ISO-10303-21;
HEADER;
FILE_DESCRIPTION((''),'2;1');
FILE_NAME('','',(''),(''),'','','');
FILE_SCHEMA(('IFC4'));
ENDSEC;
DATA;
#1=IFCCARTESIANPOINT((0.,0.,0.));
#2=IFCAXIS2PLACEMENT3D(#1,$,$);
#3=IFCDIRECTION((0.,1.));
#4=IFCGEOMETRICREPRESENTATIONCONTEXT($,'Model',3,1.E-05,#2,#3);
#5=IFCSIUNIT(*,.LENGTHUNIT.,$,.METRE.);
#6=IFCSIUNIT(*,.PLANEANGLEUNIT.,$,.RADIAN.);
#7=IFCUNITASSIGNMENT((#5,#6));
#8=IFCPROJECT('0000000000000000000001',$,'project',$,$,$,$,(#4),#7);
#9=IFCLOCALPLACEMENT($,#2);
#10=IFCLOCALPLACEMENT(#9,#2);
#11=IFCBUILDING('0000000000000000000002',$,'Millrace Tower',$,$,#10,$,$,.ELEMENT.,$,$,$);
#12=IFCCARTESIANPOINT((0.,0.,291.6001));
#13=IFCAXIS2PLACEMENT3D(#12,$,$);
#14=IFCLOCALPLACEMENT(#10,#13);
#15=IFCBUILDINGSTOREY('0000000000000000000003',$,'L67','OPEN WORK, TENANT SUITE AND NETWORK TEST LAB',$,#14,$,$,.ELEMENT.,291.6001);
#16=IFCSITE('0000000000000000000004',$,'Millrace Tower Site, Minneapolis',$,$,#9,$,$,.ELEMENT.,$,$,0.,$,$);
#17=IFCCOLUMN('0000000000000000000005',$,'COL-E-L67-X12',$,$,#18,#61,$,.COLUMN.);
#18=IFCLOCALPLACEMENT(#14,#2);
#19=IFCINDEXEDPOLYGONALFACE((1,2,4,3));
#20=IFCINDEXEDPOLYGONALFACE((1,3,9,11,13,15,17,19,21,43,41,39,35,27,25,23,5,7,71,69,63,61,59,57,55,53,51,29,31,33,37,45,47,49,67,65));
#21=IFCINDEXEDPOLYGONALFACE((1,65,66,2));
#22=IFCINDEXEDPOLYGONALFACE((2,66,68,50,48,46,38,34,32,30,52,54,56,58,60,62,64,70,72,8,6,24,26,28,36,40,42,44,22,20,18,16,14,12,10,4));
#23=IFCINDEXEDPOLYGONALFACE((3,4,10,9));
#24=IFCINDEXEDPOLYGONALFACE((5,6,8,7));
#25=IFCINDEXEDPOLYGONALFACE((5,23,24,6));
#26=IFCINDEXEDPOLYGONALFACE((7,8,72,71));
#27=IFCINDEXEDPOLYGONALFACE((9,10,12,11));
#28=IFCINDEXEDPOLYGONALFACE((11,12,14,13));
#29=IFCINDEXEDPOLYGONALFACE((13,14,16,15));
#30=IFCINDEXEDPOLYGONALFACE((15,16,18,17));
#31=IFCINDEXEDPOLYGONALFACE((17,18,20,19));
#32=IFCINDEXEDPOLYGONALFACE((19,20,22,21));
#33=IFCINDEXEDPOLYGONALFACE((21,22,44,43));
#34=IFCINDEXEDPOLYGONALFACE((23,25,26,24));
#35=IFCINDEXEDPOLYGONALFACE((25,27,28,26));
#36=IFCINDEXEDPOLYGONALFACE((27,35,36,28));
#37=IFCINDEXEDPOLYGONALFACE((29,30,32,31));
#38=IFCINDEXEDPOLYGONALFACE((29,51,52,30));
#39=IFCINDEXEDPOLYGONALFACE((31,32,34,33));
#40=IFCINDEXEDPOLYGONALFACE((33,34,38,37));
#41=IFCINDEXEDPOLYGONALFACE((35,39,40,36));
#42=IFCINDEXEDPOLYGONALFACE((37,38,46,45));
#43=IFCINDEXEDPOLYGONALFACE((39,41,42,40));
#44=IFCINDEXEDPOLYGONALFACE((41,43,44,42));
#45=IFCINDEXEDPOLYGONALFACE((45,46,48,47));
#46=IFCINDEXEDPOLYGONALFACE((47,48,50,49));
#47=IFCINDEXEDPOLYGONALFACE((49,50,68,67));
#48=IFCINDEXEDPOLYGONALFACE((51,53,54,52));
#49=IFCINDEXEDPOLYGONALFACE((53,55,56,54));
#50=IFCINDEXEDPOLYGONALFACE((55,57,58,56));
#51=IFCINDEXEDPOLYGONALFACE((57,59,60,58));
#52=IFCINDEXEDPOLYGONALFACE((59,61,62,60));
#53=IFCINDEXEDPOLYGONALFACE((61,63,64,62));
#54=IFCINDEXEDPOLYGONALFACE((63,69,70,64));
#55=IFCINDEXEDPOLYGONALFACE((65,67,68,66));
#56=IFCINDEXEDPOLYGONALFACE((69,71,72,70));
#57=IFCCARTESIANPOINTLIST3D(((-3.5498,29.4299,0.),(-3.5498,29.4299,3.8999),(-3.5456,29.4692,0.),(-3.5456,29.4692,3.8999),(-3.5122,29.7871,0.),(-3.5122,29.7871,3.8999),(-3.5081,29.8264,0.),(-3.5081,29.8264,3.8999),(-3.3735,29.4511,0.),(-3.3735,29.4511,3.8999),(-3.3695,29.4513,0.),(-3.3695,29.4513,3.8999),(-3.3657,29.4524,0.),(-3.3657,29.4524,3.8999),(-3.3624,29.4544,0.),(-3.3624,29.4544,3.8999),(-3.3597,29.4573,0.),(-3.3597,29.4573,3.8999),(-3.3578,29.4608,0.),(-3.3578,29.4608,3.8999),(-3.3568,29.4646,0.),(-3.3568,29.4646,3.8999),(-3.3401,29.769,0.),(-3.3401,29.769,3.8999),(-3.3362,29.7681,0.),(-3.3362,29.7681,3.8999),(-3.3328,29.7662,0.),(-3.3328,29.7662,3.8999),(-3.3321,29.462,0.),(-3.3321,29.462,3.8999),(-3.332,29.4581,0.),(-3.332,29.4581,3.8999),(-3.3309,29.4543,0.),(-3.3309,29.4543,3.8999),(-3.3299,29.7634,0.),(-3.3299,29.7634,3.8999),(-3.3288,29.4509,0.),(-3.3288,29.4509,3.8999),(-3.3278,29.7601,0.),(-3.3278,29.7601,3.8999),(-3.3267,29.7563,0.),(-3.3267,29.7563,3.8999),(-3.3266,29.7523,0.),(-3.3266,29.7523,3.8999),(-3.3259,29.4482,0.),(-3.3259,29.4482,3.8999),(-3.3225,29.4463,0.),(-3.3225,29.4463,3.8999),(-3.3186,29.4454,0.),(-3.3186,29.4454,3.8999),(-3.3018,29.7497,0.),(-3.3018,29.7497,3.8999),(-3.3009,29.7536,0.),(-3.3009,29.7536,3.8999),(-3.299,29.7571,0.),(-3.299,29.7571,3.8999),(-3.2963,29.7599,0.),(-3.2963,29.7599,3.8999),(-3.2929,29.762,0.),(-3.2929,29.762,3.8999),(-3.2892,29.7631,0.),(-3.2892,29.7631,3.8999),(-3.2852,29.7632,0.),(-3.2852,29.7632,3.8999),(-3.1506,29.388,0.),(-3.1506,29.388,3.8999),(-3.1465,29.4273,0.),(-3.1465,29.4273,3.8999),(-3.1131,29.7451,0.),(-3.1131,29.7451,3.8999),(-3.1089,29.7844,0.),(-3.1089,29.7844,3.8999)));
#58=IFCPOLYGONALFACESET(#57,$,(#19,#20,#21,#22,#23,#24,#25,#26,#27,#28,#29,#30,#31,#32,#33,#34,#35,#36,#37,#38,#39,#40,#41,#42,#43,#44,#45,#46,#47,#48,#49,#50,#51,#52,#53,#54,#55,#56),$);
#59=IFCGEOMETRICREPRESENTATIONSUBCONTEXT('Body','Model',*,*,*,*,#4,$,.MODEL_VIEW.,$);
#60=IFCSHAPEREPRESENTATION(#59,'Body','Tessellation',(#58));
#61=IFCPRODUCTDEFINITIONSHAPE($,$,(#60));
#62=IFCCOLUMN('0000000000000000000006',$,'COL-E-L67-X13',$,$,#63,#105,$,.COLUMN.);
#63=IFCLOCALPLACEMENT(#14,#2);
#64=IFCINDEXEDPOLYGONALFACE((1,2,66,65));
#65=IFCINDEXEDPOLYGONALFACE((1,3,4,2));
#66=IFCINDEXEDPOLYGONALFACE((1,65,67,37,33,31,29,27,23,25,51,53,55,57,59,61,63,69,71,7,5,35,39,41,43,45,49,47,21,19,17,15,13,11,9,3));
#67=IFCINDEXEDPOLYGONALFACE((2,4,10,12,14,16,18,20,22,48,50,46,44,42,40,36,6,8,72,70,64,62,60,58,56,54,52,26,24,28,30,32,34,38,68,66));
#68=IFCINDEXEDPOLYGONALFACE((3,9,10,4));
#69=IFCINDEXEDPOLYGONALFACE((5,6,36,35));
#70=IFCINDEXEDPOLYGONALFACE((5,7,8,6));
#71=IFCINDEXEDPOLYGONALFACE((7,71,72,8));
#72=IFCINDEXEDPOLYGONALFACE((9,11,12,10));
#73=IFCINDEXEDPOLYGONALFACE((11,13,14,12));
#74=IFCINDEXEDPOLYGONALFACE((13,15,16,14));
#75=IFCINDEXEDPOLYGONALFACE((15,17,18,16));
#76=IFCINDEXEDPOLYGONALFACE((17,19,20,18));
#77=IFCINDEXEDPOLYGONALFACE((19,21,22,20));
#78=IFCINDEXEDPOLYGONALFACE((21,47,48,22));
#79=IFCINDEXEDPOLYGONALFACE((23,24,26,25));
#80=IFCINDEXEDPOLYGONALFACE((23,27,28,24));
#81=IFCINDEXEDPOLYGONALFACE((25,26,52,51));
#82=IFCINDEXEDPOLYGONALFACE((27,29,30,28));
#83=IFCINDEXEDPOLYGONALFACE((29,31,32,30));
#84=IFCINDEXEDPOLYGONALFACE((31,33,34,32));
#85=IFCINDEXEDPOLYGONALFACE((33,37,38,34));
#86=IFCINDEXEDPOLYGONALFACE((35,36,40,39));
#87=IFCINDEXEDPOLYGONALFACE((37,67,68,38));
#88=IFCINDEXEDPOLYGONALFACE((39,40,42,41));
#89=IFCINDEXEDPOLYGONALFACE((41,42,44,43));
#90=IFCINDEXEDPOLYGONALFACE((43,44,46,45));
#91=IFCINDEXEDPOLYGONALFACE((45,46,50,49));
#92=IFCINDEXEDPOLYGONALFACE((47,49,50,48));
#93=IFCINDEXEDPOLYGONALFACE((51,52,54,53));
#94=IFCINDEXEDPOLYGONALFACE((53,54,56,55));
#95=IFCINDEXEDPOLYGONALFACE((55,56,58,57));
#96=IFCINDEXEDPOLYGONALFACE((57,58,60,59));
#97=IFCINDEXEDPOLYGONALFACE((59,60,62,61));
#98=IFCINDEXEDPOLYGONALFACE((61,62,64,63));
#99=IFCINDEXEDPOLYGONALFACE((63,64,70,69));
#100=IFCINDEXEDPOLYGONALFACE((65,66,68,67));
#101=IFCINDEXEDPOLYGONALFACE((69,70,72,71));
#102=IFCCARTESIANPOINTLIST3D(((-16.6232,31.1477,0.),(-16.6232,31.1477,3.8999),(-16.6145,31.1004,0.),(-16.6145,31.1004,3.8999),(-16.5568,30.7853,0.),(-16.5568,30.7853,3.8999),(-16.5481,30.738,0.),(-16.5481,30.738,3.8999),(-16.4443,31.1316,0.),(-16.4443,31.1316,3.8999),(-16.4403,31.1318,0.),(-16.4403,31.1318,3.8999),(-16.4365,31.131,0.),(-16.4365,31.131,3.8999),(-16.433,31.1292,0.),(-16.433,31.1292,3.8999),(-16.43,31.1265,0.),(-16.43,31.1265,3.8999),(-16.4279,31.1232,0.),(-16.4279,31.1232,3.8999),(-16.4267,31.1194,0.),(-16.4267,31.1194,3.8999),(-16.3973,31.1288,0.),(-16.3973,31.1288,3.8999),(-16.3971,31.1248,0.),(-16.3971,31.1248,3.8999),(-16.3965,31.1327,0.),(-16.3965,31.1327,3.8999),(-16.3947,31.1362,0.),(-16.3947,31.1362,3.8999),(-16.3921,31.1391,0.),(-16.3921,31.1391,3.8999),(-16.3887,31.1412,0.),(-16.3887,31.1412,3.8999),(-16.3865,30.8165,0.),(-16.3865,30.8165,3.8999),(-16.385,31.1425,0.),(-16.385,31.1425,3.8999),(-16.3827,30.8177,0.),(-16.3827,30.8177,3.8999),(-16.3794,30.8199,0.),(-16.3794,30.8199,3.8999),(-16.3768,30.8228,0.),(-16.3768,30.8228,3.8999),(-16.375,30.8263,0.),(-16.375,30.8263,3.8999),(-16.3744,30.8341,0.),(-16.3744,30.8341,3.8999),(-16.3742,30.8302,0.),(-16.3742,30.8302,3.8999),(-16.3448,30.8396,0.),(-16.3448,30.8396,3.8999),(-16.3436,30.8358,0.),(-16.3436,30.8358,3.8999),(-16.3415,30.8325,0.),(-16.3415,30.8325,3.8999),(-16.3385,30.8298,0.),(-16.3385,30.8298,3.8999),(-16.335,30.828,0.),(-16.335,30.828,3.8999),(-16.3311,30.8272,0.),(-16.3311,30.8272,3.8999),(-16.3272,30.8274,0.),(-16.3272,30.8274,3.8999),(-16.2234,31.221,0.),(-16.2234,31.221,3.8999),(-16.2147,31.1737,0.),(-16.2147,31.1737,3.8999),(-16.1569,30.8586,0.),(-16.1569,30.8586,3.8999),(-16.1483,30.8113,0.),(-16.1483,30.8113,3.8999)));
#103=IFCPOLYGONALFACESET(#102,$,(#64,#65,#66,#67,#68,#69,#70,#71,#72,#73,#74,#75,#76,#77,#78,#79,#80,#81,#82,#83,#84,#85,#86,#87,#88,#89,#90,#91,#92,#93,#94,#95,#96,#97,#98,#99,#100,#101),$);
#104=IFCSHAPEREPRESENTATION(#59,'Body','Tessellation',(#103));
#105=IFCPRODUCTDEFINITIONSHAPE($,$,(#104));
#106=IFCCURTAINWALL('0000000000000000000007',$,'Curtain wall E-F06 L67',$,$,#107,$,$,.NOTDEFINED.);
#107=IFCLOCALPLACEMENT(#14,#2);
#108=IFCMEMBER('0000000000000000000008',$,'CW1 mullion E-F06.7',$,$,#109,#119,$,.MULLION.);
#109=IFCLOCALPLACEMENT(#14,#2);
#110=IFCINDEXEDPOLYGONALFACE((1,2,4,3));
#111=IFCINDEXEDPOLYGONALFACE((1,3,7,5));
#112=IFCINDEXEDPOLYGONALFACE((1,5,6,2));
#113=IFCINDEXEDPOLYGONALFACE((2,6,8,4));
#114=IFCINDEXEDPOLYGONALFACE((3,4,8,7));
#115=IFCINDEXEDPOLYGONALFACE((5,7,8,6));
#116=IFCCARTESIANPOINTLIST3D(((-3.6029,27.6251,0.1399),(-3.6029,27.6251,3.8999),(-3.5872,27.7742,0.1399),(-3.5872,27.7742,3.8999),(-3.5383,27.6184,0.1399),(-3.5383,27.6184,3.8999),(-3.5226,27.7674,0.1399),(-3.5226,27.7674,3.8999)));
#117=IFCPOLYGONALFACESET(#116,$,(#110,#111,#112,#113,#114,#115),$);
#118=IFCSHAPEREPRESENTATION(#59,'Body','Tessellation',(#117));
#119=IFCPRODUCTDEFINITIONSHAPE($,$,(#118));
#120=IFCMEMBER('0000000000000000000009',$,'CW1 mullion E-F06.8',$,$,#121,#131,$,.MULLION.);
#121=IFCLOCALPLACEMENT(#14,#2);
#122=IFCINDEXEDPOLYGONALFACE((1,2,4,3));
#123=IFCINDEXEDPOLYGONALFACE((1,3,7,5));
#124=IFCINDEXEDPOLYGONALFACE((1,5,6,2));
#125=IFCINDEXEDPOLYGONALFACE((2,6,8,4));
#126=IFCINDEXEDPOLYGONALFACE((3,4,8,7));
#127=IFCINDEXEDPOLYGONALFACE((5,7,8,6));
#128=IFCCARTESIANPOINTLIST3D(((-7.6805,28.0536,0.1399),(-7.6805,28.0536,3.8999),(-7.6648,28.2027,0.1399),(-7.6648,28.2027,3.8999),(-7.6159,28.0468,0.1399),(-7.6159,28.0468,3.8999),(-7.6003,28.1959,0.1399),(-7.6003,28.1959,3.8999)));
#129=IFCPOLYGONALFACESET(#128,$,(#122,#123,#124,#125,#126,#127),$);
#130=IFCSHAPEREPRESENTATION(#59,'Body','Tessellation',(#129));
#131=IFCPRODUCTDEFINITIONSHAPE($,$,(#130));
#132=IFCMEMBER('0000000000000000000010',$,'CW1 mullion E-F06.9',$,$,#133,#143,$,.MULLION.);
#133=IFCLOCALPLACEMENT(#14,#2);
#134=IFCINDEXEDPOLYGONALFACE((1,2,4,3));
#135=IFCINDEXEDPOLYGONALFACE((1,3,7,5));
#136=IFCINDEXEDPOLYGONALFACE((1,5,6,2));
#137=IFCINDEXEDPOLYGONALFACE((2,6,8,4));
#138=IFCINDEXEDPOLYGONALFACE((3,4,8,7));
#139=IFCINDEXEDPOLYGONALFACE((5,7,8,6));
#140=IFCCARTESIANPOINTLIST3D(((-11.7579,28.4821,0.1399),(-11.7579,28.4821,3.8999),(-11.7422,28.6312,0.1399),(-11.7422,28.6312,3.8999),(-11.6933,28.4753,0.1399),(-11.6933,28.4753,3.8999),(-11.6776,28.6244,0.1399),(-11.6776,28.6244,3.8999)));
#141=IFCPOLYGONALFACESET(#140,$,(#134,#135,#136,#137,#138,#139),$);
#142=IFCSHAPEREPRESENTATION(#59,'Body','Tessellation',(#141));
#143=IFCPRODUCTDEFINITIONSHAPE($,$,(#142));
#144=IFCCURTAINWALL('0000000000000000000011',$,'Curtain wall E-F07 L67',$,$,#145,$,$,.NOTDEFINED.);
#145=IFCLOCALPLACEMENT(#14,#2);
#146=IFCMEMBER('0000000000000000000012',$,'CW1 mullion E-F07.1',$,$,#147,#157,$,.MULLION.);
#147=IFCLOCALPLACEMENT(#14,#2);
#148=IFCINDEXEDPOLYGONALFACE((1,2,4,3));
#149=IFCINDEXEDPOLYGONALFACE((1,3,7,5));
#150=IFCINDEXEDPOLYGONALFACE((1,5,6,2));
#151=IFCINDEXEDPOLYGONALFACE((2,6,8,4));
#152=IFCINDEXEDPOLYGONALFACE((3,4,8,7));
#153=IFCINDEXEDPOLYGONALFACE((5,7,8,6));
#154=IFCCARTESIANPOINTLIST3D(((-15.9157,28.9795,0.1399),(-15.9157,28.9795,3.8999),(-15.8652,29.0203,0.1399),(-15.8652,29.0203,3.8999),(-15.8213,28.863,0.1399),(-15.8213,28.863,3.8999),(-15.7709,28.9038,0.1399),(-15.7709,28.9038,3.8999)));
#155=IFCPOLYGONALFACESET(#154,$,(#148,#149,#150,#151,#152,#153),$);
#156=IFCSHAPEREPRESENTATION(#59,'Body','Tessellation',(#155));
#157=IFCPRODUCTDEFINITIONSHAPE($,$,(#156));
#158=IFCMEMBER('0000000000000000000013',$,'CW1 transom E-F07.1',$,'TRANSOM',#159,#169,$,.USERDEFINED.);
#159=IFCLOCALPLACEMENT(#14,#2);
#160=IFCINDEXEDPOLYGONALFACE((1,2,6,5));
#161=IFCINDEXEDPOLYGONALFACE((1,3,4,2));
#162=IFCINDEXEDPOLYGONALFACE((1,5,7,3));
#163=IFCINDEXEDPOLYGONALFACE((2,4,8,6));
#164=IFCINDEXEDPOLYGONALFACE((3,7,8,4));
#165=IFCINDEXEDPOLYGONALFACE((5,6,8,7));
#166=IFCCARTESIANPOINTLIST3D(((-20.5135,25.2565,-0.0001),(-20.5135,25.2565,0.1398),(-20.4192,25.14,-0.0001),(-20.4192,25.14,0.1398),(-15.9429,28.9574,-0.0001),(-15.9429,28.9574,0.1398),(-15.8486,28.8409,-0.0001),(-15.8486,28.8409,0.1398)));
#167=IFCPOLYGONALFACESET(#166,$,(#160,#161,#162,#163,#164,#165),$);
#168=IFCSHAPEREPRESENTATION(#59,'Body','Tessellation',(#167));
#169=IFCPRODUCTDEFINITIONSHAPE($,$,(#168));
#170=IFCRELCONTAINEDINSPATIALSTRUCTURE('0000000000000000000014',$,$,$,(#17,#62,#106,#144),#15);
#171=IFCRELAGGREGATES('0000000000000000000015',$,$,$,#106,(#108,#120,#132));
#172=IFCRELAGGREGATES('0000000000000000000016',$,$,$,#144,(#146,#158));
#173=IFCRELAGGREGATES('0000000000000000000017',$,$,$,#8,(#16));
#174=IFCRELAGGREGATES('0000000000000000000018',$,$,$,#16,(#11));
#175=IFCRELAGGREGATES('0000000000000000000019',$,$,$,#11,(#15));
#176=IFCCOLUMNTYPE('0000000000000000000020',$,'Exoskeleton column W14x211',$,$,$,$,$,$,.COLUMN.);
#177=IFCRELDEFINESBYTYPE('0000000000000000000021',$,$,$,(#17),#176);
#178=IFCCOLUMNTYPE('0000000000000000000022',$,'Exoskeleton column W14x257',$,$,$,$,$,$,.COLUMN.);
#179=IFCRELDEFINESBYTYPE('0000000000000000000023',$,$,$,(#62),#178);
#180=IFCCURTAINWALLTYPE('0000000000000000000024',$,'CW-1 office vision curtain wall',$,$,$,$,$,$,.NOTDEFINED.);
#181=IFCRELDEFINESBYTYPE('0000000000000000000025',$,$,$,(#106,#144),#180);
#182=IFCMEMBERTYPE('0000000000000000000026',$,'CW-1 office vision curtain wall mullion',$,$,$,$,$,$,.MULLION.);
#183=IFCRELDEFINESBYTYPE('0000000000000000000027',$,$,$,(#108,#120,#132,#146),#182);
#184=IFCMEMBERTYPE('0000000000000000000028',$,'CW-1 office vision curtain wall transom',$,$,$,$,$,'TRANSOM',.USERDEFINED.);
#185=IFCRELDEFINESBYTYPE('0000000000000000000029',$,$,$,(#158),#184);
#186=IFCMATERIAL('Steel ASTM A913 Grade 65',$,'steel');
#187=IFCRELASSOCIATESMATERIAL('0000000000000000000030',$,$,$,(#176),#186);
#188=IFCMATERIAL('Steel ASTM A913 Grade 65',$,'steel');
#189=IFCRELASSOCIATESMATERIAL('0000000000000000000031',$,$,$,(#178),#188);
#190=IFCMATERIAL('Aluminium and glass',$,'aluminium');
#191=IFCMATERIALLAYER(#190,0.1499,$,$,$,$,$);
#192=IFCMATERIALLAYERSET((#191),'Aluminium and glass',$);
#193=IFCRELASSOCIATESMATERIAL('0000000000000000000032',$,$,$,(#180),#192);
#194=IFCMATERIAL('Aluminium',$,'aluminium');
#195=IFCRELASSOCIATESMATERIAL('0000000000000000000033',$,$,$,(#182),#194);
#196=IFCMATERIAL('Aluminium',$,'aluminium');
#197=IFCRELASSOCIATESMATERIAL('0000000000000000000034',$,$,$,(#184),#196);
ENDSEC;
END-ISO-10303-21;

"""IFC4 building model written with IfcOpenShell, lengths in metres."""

from ifc_helpers import new_model, si_unit, direction, frame, origin, origin_2d, place, context, subcontext, project, spatial, rectangle, i_section, extrude, material, layer, layer_set, material_profile, profile_set, type_object, element, aggregate, save


model = new_model("IFC4")

# Units and contexts
model_context = context("Model", 3, precision=1e-05, world=origin(), true_north=direction((0.0, 1.0)))
body_context = subcontext(model_context, "Body", "Model", "MODEL_VIEW")
ifc_project = project(units=[si_unit("LENGTHUNIT", "METRE"), si_unit("PLANEANGLEUNIT", "RADIAN")], contexts=[model_context])

# Site, building, storey
site_placement = place(None, origin())
site = spatial("IfcSite", under=ifc_project, at=site_placement, Name="Millrace Tower Site, Minneapolis", CompositionType="ELEMENT", RefElevation=0.0)
building_placement = place(site_placement, origin())
building = spatial("IfcBuilding", under=site, at=building_placement, Name="Millrace Tower", CompositionType="ELEMENT")
storey_placement = place(building_placement, frame((0.0, 0.0, 291.6001)))
storey = spatial("IfcBuildingStorey", under=building, at=storey_placement, Name="L67", Description="OPEN WORK, TENANT SUITE AND NETWORK TEST LAB", CompositionType="ELEMENT", Elevation=291.6001)

# Columns
ifc_material_1 = material(Name="Steel ASTM A913 Grade 65", Category="steel")
ifc_material_profile_1 = material_profile(ifc_material_1, i_section(OverallWidth=0.4014, OverallDepth=0.3987, WebThickness=0.0249, FlangeThickness=0.0396, FilletRadius=0.0151, at=origin_2d()))
ifc_profile_set_1 = profile_set([ifc_material_profile_1], Name="Steel ASTM A913 Grade 65")
column_type_1 = type_object("IfcColumnType", Name="Exoskeleton column W14x211", PredefinedType="COLUMN", material=ifc_profile_set_1)
column_1_placement = place(storey_placement, frame((-3.3293, 29.6072, 0.0), z_axis=(0.0, 0.0, 1.0), x_axis=(-0.994522, 0.104528, 0.0)))
element("IfcColumn", 1, at=column_1_placement, inside=storey, type_object=column_type_1, Name="COL-E-L67-X12", PredefinedType="COLUMN", context=body_context, shape_type="SweptSolid", body=[
    extrude(i_section(OverallWidth=0.4014, OverallDepth=0.3987, WebThickness=0.0249, FlangeThickness=0.0396, FilletRadius=0.0151, at=origin_2d()), origin(), (0.0, 0.0, 1.0), 3.8999),
])
ifc_material_2 = material(Name="Steel ASTM A913 Grade 65", Category="steel")
ifc_material_profile_2 = material_profile(ifc_material_2, i_section(OverallWidth=0.4065, OverallDepth=0.4165, WebThickness=0.03, FlangeThickness=0.0481, FilletRadius=0.0151, at=origin_2d()))
ifc_profile_set_2 = profile_set([ifc_material_profile_2], Name="Steel ASTM A913 Grade 65")
column_type_2 = type_object("IfcColumnType", Name="Exoskeleton column W14x257", PredefinedType="COLUMN", material=ifc_profile_set_2)
column_2_placement = place(storey_placement, frame((-16.3857, 30.9795, 0.0), z_axis=(0.0, 0.0, 1.0), x_axis=(-0.983596, -0.180387, 0.0)))
element("IfcColumn", 2, at=column_2_placement, inside=storey, type_object=column_type_2, Name="COL-E-L67-X13", PredefinedType="COLUMN", context=body_context, shape_type="SweptSolid", body=[
    extrude(i_section(OverallWidth=0.4065, OverallDepth=0.4165, WebThickness=0.03, FlangeThickness=0.0481, FilletRadius=0.0151, at=origin_2d()), origin(), (0.0, 0.0, 1.0), 3.8999),
])

# Curtain walls, members
ifc_material_3 = material(Name="Aluminium and glass", Category="aluminium")
ifc_layer_1 = layer(ifc_material_3, 0.1499)
ifc_layer_set_1 = layer_set([ifc_layer_1], Name="Aluminium and glass")
curtain_wall_type = type_object("IfcCurtainWallType", Name="CW-1 office vision curtain wall", PredefinedType="NOTDEFINED", material=ifc_layer_set_1)
placement = place(storey_placement, origin())
curtain_wall_1 = element("IfcCurtainWall", 3, at=placement, inside=storey, type_object=curtain_wall_type, Name="Curtain wall E-F06 L67", PredefinedType="NOTDEFINED")
ifc_material_4 = material(Name="Aluminium", Category="aluminium")
ifc_material_profile_3 = material_profile(ifc_material_4, rectangle(XDim=0.0649, YDim=0.1499, at=origin_2d()))
ifc_profile_set_3 = profile_set([ifc_material_profile_3], Name="Aluminium")
member_type_1 = type_object("IfcMemberType", Name="CW-1 office vision curtain wall mullion", PredefinedType="MULLION", material=ifc_profile_set_3)
member_1_placement = place(storey_placement, frame((-3.5627, 27.6963, 0.1399), z_axis=(0.0, 0.0, 1.0), x_axis=(-0.994522, 0.104528, 0.0)))
member_1 = element("IfcMember", 4, at=member_1_placement, type_object=member_type_1, Name="CW1 mullion E-F06.7", PredefinedType="MULLION", context=body_context, shape_type="SweptSolid", body=[
    extrude(rectangle(XDim=0.0649, YDim=0.1499, at=origin_2d()), origin(), (0.0, 0.0, 1.0), 3.76),
])
member_2_placement = place(storey_placement, frame((-7.6404, 28.1248, 0.1399), z_axis=(0.0, 0.0, 1.0), x_axis=(-0.994522, 0.104528, 0.0)))
member_2 = element("IfcMember", 5, at=member_2_placement, type_object=member_type_1, Name="CW1 mullion E-F06.8", PredefinedType="MULLION", context=body_context, shape_type="SweptSolid", body=[
    extrude(rectangle(XDim=0.0649, YDim=0.1499, at=origin_2d()), origin(), (0.0, 0.0, 1.0), 3.76),
])
member_3_placement = place(storey_placement, frame((-11.7178, 28.5532, 0.1399), z_axis=(0.0, 0.0, 1.0), x_axis=(-0.994522, 0.104528, 0.0)))
member_3 = element("IfcMember", 6, at=member_3_placement, type_object=member_type_1, Name="CW1 mullion E-F06.9", PredefinedType="MULLION", context=body_context, shape_type="SweptSolid", body=[
    extrude(rectangle(XDim=0.0649, YDim=0.1499, at=origin_2d()), origin(), (0.0, 0.0, 1.0), 3.76),
])
aggregate(curtain_wall_1, [member_1, member_2, member_3])
curtain_wall_2 = element("IfcCurtainWall", 7, at=placement, inside=storey, type_object=curtain_wall_type, Name="Curtain wall E-F07 L67", PredefinedType="NOTDEFINED")
member_4_placement = place(storey_placement, frame((-15.8433, 28.9417, 0.1399), z_axis=(0.0, 0.0, 1.0), x_axis=(-0.777146, -0.62932, 0.0)))
member_4 = element("IfcMember", 8, at=member_4_placement, type_object=member_type_1, Name="CW1 mullion E-F07.1", PredefinedType="MULLION", context=body_context, shape_type="SweptSolid", body=[
    extrude(rectangle(XDim=0.0649, YDim=0.1499, at=origin_2d()), origin(), (0.0, 0.0, 1.0), 3.76),
])
ifc_material_5 = material(Name="Aluminium", Category="aluminium")
ifc_material_profile_4 = material_profile(ifc_material_5, rectangle(XDim=0.1499, YDim=0.1399, at=origin_2d()))
ifc_profile_set_4 = profile_set([ifc_material_profile_4], Name="Aluminium")
member_type_2 = type_object("IfcMemberType", Name="CW-1 office vision curtain wall transom", ElementType="TRANSOM", PredefinedType="USERDEFINED", material=ifc_profile_set_4)
member_5_placement = place(storey_placement, frame((-15.8958, 28.8992, 0.0698), z_axis=(-0.777166, -0.629296, 0.0), x_axis=(0.629296, -0.777166, 0.0)))
member_5 = element("IfcMember", 9, at=member_5_placement, type_object=member_type_2, Name="CW1 transom E-F07.1", ObjectType="TRANSOM", PredefinedType="USERDEFINED", context=body_context, shape_type="SweptSolid", body=[
    extrude(rectangle(XDim=0.1499, YDim=0.1399, at=origin_2d()), origin(), (0.0, 0.0, 1.0), 5.8811),
])
aggregate(curtain_wall_2, [member_4, member_5])

save(model, "model.ifc")
